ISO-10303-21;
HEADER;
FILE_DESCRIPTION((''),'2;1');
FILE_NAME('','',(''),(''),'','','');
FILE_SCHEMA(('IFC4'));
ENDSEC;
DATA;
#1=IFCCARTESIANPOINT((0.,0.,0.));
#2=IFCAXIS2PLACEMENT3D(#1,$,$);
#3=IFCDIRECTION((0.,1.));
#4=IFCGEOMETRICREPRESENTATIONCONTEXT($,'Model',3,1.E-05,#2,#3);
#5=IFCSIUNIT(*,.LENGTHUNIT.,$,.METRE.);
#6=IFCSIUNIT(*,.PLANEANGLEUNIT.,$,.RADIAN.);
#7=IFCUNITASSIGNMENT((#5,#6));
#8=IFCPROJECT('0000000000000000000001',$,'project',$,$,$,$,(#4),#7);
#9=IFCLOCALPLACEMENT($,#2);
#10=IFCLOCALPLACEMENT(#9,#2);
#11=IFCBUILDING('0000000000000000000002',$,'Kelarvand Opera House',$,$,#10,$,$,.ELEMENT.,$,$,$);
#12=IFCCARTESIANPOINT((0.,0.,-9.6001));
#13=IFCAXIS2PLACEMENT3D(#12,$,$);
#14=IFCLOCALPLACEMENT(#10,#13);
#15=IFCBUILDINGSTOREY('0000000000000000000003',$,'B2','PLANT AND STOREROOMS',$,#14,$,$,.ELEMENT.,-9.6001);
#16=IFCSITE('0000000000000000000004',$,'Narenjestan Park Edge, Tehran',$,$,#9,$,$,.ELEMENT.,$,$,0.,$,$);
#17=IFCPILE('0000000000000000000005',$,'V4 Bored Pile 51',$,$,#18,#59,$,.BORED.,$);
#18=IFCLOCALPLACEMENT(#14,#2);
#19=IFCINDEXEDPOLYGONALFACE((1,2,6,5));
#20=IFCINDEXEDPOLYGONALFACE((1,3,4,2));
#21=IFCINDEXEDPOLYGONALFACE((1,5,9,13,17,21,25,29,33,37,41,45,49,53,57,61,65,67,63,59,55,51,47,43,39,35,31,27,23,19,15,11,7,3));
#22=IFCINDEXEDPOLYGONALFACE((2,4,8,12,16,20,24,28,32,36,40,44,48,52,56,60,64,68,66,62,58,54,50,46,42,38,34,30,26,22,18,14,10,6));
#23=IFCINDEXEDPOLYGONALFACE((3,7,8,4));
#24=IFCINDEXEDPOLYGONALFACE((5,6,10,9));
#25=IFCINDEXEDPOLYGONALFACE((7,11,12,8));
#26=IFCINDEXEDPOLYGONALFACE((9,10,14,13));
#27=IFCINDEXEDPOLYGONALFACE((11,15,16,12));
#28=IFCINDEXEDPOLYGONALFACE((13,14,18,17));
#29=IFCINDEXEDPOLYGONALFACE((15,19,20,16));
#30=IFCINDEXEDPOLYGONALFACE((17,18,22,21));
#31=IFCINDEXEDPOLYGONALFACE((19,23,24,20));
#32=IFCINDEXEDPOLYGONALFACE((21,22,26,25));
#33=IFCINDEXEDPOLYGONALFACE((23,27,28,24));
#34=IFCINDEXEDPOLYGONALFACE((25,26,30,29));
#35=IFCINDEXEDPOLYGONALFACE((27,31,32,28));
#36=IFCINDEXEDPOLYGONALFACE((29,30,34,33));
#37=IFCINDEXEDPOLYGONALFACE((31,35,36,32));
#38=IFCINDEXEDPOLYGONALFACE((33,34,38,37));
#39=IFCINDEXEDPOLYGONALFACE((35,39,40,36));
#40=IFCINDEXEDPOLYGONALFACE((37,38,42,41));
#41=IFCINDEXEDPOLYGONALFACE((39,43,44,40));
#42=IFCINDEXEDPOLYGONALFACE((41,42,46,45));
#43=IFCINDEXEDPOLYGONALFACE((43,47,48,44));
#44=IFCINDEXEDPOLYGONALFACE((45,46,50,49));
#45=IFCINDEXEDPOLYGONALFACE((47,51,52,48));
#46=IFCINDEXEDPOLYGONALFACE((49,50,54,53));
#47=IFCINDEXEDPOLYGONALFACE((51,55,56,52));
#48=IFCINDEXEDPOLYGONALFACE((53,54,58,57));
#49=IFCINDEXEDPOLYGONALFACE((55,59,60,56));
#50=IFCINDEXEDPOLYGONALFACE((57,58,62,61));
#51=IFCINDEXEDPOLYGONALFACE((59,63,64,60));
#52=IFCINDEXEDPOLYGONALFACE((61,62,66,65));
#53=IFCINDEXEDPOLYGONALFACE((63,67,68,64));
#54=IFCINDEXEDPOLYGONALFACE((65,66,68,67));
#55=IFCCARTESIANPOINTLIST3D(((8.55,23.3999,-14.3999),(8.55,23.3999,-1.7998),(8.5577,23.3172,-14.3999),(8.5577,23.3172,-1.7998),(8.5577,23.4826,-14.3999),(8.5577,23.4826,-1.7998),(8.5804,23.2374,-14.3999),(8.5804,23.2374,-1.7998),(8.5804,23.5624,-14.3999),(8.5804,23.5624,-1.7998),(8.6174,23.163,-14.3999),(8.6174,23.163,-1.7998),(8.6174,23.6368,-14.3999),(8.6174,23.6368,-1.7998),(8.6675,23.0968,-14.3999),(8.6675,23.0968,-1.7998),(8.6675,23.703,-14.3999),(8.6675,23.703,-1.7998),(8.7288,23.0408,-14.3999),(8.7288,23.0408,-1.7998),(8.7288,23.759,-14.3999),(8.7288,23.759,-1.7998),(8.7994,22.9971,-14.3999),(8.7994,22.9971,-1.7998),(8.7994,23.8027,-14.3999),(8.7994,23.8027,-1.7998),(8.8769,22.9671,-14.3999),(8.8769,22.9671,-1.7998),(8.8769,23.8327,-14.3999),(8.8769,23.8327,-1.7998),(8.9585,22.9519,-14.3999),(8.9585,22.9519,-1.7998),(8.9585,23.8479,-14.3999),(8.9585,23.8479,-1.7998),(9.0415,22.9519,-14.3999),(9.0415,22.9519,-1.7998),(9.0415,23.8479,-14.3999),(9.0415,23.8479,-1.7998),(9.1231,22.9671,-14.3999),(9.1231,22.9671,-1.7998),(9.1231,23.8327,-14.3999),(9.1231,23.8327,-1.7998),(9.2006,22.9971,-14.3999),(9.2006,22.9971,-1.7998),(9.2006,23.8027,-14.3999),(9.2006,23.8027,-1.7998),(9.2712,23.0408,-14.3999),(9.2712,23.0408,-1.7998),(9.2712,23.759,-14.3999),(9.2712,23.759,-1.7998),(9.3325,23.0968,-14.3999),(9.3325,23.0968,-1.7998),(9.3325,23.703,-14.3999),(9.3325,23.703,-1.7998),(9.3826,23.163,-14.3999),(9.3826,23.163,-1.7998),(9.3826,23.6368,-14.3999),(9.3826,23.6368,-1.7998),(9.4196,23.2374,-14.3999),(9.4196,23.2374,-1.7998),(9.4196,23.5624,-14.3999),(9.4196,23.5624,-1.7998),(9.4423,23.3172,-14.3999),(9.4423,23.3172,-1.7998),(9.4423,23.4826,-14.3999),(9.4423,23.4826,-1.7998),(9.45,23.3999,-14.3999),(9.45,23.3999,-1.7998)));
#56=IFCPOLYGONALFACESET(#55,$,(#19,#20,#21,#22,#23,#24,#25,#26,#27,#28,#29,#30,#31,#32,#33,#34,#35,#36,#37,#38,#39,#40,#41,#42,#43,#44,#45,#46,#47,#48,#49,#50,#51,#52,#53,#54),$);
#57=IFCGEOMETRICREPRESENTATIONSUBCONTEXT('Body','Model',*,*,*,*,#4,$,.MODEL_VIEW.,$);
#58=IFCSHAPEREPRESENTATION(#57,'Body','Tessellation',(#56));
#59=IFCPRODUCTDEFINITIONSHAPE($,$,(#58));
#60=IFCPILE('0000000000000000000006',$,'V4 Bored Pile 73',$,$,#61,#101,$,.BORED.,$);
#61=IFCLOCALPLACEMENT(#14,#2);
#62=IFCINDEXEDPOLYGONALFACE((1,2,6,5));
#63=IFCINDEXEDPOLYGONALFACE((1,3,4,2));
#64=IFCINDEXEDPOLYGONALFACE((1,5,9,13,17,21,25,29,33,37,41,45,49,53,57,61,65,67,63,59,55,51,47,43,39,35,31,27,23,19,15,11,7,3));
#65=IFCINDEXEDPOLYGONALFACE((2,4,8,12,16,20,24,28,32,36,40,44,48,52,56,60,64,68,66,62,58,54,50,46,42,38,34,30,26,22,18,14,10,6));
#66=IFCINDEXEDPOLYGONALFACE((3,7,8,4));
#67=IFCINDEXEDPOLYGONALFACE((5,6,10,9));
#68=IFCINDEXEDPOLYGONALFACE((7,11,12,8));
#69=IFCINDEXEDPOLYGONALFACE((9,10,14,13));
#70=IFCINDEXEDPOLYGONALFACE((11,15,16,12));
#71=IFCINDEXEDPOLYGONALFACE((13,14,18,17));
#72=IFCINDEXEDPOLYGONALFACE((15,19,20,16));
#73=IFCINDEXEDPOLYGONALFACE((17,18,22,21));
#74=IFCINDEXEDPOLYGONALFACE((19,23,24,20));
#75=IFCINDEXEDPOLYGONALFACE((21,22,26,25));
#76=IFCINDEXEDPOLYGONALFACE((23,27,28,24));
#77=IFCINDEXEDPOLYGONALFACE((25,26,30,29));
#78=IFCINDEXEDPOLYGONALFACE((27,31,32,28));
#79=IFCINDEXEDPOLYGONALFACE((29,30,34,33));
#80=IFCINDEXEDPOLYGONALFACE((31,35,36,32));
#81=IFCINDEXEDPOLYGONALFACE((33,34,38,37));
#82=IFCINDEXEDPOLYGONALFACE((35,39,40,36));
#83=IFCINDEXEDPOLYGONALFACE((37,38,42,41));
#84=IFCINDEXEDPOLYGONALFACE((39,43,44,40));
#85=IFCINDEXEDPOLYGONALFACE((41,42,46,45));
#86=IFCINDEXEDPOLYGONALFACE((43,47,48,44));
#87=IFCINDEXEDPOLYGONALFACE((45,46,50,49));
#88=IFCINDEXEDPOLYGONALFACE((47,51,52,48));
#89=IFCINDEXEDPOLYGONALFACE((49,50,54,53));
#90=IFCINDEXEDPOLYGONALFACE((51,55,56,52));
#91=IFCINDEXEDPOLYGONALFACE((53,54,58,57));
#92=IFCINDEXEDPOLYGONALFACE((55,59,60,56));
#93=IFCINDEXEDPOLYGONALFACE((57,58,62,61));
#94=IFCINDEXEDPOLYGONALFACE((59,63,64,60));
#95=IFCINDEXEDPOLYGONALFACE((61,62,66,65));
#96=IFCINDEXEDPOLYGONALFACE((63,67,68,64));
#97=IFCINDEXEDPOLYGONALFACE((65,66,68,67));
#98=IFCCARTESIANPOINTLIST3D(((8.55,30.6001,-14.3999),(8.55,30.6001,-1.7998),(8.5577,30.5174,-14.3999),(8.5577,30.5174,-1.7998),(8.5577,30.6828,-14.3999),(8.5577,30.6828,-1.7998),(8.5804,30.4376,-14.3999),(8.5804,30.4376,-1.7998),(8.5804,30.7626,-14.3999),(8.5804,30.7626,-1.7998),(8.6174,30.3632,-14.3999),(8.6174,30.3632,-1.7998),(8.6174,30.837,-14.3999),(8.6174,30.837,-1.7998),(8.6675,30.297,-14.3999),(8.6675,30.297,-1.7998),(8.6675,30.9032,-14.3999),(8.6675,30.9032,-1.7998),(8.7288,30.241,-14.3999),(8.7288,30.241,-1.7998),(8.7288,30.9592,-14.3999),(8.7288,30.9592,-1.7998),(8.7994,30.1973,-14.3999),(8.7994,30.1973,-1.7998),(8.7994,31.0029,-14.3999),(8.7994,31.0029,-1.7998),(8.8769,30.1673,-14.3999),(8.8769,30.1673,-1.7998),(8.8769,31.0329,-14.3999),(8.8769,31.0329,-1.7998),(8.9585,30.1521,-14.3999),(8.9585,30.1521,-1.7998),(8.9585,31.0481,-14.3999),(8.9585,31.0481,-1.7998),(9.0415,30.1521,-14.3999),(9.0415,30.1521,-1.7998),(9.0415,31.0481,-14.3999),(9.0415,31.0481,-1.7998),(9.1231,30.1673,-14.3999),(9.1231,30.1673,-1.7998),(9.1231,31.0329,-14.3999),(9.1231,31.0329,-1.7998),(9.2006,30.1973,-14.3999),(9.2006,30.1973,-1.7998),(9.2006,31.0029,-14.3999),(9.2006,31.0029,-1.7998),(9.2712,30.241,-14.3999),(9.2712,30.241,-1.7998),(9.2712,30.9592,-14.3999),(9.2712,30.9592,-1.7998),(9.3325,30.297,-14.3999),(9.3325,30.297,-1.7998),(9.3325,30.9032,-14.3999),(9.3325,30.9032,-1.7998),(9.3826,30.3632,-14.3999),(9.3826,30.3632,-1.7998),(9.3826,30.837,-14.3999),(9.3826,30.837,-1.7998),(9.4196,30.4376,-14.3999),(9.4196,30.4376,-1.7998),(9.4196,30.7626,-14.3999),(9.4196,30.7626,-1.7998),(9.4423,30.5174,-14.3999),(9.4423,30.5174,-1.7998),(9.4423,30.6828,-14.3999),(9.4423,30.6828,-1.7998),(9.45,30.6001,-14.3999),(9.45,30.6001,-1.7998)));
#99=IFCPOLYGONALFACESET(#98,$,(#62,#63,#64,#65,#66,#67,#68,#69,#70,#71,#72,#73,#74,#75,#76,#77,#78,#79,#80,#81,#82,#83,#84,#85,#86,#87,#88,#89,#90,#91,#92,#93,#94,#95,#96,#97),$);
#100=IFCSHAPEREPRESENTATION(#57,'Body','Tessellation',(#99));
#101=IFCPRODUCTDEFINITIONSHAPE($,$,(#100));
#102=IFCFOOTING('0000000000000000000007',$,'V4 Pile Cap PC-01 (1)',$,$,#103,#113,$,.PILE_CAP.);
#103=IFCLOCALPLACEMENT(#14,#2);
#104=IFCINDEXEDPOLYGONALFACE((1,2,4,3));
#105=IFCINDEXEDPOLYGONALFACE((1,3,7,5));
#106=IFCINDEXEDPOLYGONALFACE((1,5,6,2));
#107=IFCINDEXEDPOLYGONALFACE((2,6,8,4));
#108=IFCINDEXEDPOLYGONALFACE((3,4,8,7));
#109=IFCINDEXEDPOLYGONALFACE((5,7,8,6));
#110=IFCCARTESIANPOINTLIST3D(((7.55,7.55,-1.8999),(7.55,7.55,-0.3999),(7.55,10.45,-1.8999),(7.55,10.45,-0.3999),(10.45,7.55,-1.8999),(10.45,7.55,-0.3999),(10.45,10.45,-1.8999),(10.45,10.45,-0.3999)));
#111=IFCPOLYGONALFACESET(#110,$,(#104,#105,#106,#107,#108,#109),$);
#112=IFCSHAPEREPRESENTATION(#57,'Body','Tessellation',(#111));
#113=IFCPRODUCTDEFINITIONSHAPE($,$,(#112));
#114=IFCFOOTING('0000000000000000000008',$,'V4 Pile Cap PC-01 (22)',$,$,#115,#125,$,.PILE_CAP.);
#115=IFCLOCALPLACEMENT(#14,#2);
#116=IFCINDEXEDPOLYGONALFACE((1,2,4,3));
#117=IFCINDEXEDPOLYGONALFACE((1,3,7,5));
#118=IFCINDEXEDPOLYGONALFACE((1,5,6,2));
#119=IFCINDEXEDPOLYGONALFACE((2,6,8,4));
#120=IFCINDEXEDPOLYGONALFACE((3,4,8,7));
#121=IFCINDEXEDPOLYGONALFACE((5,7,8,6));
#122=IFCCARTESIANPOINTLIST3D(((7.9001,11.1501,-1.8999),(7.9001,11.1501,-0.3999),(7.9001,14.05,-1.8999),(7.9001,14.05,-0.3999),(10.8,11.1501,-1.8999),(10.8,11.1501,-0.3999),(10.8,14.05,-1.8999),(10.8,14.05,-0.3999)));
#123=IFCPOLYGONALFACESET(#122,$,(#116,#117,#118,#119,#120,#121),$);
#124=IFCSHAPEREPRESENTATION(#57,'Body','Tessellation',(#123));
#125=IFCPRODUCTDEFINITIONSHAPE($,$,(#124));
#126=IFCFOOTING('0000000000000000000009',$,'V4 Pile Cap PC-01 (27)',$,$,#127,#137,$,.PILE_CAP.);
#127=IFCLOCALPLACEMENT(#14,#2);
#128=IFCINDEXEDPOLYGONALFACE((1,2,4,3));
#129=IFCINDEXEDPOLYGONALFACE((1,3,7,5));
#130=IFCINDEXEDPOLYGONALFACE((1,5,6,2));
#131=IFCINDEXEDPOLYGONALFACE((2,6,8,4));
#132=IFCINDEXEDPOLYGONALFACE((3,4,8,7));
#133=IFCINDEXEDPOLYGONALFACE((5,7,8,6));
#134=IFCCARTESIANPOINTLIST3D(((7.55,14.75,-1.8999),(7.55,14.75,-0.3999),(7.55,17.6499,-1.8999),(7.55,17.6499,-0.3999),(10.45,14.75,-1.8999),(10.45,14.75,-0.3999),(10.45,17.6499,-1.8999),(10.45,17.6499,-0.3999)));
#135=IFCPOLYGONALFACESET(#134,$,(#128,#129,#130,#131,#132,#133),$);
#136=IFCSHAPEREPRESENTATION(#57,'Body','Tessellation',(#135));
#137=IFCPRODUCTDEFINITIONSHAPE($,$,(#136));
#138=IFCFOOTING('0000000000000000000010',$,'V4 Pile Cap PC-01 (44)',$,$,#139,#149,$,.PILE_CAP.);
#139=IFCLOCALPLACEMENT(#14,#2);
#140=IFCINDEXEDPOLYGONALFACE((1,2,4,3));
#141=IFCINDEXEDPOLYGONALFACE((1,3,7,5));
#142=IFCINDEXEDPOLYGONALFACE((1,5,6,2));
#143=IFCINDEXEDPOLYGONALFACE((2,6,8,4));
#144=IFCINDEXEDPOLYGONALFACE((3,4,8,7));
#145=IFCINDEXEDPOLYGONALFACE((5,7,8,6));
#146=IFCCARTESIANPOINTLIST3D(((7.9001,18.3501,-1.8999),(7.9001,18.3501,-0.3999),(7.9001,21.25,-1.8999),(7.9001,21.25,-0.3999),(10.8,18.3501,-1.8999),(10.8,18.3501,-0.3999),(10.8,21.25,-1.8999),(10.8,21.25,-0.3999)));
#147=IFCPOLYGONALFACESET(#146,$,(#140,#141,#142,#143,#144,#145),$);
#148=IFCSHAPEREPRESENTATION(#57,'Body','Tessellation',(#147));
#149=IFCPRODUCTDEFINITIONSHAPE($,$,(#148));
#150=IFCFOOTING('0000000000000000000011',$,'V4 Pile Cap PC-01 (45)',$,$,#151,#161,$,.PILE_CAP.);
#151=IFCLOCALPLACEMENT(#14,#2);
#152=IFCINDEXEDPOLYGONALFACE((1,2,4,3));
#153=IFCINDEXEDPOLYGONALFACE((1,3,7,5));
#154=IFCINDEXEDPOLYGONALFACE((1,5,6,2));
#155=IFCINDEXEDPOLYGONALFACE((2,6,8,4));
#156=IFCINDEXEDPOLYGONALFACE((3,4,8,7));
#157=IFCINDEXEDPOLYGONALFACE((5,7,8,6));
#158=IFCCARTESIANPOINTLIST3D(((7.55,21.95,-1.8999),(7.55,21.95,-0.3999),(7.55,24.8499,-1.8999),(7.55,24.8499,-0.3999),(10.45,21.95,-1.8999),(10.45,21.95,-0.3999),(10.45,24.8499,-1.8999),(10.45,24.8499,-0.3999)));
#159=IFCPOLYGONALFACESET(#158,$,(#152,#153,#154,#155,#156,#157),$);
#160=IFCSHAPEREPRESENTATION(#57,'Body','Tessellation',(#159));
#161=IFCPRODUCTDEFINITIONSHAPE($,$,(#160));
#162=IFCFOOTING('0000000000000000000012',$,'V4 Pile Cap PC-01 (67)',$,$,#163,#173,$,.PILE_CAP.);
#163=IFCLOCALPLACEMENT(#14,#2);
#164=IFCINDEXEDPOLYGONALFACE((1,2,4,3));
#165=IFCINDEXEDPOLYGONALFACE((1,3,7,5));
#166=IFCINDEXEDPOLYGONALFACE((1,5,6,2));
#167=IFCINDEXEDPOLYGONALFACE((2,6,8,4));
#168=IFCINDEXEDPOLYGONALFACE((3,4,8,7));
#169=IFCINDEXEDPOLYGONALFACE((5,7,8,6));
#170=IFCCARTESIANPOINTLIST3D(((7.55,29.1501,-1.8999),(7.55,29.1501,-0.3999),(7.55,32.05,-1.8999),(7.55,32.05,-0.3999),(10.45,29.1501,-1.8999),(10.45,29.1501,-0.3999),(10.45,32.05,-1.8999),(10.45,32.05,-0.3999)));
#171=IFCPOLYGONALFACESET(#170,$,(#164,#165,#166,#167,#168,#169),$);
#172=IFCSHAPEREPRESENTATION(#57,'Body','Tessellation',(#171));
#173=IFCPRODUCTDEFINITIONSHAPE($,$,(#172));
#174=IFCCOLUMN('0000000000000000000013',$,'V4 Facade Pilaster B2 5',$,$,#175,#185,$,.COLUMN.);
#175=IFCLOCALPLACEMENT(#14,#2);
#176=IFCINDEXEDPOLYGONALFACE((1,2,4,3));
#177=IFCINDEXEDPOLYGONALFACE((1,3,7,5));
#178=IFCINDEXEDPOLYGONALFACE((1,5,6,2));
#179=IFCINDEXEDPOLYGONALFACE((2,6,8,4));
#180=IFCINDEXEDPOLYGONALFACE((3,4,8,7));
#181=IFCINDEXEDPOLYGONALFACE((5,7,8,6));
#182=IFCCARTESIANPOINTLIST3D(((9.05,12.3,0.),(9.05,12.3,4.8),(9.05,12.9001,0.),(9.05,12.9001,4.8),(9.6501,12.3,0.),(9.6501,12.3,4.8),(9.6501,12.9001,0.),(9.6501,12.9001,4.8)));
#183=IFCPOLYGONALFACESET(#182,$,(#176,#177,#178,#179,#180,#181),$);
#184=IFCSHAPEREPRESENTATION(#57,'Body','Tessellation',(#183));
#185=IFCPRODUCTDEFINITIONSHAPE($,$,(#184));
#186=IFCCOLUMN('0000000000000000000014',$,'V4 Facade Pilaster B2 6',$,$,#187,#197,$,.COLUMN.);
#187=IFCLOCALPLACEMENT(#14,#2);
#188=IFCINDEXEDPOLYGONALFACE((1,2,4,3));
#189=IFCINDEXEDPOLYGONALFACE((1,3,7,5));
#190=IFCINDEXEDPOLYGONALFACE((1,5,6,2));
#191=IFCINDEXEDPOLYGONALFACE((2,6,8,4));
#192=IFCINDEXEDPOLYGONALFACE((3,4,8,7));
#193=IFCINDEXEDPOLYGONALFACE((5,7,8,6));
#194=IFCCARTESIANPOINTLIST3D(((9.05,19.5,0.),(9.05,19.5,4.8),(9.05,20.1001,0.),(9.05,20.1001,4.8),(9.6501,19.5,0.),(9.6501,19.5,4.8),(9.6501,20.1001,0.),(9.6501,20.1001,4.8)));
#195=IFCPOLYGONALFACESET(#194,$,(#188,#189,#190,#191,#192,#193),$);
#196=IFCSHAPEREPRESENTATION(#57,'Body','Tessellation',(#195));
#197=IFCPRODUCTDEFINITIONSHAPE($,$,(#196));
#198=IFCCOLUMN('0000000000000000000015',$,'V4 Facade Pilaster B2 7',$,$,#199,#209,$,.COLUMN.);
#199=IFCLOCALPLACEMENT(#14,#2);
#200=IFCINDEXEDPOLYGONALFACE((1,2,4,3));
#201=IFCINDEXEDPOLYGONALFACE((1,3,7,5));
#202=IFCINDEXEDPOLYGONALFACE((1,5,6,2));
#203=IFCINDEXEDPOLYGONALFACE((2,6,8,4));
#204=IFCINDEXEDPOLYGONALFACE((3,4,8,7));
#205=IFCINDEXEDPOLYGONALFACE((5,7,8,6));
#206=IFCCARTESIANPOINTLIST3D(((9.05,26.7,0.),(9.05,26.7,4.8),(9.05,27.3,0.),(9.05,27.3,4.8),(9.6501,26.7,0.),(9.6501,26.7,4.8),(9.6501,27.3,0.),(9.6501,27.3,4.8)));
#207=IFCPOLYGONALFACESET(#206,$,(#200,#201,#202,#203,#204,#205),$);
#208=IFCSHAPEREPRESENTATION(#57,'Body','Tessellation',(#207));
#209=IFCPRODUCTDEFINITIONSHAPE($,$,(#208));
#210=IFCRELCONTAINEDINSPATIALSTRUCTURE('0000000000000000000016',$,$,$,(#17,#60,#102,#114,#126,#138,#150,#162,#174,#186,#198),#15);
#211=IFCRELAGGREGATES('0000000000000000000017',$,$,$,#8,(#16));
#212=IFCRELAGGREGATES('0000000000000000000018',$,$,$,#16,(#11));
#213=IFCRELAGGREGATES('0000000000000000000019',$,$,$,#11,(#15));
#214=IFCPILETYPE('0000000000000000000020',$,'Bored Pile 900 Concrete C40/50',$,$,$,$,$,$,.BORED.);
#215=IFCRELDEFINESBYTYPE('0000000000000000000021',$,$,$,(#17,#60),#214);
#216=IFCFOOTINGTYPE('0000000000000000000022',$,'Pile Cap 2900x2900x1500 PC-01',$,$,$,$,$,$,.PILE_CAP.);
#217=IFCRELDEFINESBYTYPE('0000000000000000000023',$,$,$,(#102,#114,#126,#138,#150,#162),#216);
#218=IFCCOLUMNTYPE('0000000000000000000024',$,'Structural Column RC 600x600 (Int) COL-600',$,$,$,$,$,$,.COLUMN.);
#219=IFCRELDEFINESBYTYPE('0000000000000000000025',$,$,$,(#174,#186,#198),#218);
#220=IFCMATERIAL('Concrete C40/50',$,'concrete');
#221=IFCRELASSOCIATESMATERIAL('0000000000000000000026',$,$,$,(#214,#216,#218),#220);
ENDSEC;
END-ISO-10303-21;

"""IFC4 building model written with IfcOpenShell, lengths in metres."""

from ifc_helpers import new_model, si_unit, direction, frame, origin, origin_2d, place, context, subcontext, project, spatial, rectangle, circle, extrude, material, material_profile, profile_set, type_object, element, save


model = new_model("IFC4")

# Units and contexts
model_context = context("Model", 3, precision=1e-05, world=origin(), true_north=direction((0.0, 1.0)))
body_context = subcontext(model_context, "Body", "Model", "MODEL_VIEW")
ifc_project = project(units=[si_unit("LENGTHUNIT", "METRE"), si_unit("PLANEANGLEUNIT", "RADIAN")], contexts=[model_context])

# Site, building, storey
site_placement = place(None, origin())
site = spatial("IfcSite", under=ifc_project, at=site_placement, Name="Narenjestan Park Edge, Tehran", CompositionType="ELEMENT", RefElevation=0.0)
building_placement = place(site_placement, origin())
building = spatial("IfcBuilding", under=site, at=building_placement, Name="Kelarvand Opera House", CompositionType="ELEMENT")
storey_placement = place(building_placement, frame((0.0, 0.0, -9.6001)))
storey = spatial("IfcBuildingStorey", under=building, at=storey_placement, Name="B2", Description="PLANT AND STOREROOMS", CompositionType="ELEMENT", Elevation=-9.6001)

# Piles
ifc_material_1 = material(Name="Concrete C40/50", Category="concrete")
ifc_material_profile_1 = material_profile(ifc_material_1, circle(Radius=0.45, at=origin_2d()), Name="BP 900", Category="concrete")
ifc_profile_set_1 = profile_set([ifc_material_profile_1], Name="Concrete C40/50")
pile_type = type_object("IfcPileType", Name="Bored Pile 900 Concrete C40/50", PredefinedType="BORED", material=ifc_profile_set_1)
for number, where, z_axis, x_axis, name in (
    (1, (9.0, 23.3999, -1.7998), (0.0, 0.0, -1.0), (1.0, 0.0, 0.0), "V4 Bored Pile 51"),
    (2, (9.0, 30.6001, -1.7998), (0.0, 0.0, -1.0), (1.0, 0.0, 0.0), "V4 Bored Pile 73"),
):
    element("IfcPile", number, at=place(storey_placement, frame(where, z_axis=z_axis, x_axis=x_axis)), inside=storey, type_object=pile_type, Name=name, PredefinedType="BORED", context=body_context, shape_type="SweptSolid", body=[
        extrude(circle(Radius=0.45, at=origin_2d()), origin(), (0.0, 0.0, 1.0), 12.6001),
    ])

# Footings
footing_type = type_object("IfcFootingType", Name="Pile Cap 2900x2900x1500 PC-01", PredefinedType="PILE_CAP", material=ifc_material_1)
for number, where, z_axis, x_axis, name in (
    (3, (9.0, 9.0, -1.8999), (0.0, 0.0, 1.0), (1.0, 0.0, 0.0), "V4 Pile Cap PC-01 (1)"),
    (4, (9.3501, 12.6001, -1.8999), (0.0, 0.0, 1.0), (1.0, 0.0, 0.0), "V4 Pile Cap PC-01 (22)"),
    (5, (9.0, 16.2, -1.8999), (0.0, 0.0, 1.0), (1.0, 0.0, 0.0), "V4 Pile Cap PC-01 (27)"),
    (6, (9.3501, 19.8, -1.8999), (0.0, 0.0, 1.0), (1.0, 0.0, 0.0), "V4 Pile Cap PC-01 (44)"),
    (7, (9.0, 23.3999, -1.8999), (0.0, 0.0, 1.0), (1.0, 0.0, 0.0), "V4 Pile Cap PC-01 (45)"),
    (8, (9.0, 30.6001, -1.8999), (0.0, 0.0, 1.0), (1.0, 0.0, 0.0), "V4 Pile Cap PC-01 (67)"),
):
    element("IfcFooting", number, at=place(storey_placement, frame(where, z_axis=z_axis, x_axis=x_axis)), inside=storey, type_object=footing_type, Name=name, PredefinedType="PILE_CAP", context=body_context, shape_type="SweptSolid", body=[
        extrude(rectangle(XDim=2.8999, YDim=2.8999, at=origin_2d()), origin(), (0.0, 0.0, 1.0), 1.5),
    ])

# Columns
ifc_material_profile_2 = material_profile(ifc_material_1, rectangle(XDim=0.6001, YDim=0.6001, at=origin_2d()), Name="RC 600x600", Category="concrete")
ifc_profile_set_2 = profile_set([ifc_material_profile_2], Name="Concrete C40/50")
column_type_1 = type_object("IfcColumnType", Name="Structural Column RC 600x600 (Int) COL-600", PredefinedType="COLUMN", material=ifc_profile_set_2)
for number, where, z_axis, x_axis, name in (
    (9, (9.3501, 12.6001, 0.0), (0.0, 0.0, 1.0), (1.0, 0.0, 0.0), "V4 Facade Pilaster B2 5"),
    (10, (9.3501, 19.8, 0.0), (0.0, 0.0, 1.0), (1.0, 0.0, 0.0), "V4 Facade Pilaster B2 6"),
    (11, (9.3501, 27.0, 0.0), (0.0, 0.0, 1.0), (1.0, 0.0, 0.0), "V4 Facade Pilaster B2 7"),
):
    element("IfcColumn", number, at=place(storey_placement, frame(where, z_axis=z_axis, x_axis=x_axis)), inside=storey, type_object=column_type_1, Name=name, PredefinedType="COLUMN", context=body_context, shape_type="SweptSolid", body=[
        extrude(rectangle(XDim=0.6001, YDim=0.6001, at=origin_2d()), origin(), (0.0, 0.0, 1.0), 4.8),
    ])

save(model, "model.ifc")
